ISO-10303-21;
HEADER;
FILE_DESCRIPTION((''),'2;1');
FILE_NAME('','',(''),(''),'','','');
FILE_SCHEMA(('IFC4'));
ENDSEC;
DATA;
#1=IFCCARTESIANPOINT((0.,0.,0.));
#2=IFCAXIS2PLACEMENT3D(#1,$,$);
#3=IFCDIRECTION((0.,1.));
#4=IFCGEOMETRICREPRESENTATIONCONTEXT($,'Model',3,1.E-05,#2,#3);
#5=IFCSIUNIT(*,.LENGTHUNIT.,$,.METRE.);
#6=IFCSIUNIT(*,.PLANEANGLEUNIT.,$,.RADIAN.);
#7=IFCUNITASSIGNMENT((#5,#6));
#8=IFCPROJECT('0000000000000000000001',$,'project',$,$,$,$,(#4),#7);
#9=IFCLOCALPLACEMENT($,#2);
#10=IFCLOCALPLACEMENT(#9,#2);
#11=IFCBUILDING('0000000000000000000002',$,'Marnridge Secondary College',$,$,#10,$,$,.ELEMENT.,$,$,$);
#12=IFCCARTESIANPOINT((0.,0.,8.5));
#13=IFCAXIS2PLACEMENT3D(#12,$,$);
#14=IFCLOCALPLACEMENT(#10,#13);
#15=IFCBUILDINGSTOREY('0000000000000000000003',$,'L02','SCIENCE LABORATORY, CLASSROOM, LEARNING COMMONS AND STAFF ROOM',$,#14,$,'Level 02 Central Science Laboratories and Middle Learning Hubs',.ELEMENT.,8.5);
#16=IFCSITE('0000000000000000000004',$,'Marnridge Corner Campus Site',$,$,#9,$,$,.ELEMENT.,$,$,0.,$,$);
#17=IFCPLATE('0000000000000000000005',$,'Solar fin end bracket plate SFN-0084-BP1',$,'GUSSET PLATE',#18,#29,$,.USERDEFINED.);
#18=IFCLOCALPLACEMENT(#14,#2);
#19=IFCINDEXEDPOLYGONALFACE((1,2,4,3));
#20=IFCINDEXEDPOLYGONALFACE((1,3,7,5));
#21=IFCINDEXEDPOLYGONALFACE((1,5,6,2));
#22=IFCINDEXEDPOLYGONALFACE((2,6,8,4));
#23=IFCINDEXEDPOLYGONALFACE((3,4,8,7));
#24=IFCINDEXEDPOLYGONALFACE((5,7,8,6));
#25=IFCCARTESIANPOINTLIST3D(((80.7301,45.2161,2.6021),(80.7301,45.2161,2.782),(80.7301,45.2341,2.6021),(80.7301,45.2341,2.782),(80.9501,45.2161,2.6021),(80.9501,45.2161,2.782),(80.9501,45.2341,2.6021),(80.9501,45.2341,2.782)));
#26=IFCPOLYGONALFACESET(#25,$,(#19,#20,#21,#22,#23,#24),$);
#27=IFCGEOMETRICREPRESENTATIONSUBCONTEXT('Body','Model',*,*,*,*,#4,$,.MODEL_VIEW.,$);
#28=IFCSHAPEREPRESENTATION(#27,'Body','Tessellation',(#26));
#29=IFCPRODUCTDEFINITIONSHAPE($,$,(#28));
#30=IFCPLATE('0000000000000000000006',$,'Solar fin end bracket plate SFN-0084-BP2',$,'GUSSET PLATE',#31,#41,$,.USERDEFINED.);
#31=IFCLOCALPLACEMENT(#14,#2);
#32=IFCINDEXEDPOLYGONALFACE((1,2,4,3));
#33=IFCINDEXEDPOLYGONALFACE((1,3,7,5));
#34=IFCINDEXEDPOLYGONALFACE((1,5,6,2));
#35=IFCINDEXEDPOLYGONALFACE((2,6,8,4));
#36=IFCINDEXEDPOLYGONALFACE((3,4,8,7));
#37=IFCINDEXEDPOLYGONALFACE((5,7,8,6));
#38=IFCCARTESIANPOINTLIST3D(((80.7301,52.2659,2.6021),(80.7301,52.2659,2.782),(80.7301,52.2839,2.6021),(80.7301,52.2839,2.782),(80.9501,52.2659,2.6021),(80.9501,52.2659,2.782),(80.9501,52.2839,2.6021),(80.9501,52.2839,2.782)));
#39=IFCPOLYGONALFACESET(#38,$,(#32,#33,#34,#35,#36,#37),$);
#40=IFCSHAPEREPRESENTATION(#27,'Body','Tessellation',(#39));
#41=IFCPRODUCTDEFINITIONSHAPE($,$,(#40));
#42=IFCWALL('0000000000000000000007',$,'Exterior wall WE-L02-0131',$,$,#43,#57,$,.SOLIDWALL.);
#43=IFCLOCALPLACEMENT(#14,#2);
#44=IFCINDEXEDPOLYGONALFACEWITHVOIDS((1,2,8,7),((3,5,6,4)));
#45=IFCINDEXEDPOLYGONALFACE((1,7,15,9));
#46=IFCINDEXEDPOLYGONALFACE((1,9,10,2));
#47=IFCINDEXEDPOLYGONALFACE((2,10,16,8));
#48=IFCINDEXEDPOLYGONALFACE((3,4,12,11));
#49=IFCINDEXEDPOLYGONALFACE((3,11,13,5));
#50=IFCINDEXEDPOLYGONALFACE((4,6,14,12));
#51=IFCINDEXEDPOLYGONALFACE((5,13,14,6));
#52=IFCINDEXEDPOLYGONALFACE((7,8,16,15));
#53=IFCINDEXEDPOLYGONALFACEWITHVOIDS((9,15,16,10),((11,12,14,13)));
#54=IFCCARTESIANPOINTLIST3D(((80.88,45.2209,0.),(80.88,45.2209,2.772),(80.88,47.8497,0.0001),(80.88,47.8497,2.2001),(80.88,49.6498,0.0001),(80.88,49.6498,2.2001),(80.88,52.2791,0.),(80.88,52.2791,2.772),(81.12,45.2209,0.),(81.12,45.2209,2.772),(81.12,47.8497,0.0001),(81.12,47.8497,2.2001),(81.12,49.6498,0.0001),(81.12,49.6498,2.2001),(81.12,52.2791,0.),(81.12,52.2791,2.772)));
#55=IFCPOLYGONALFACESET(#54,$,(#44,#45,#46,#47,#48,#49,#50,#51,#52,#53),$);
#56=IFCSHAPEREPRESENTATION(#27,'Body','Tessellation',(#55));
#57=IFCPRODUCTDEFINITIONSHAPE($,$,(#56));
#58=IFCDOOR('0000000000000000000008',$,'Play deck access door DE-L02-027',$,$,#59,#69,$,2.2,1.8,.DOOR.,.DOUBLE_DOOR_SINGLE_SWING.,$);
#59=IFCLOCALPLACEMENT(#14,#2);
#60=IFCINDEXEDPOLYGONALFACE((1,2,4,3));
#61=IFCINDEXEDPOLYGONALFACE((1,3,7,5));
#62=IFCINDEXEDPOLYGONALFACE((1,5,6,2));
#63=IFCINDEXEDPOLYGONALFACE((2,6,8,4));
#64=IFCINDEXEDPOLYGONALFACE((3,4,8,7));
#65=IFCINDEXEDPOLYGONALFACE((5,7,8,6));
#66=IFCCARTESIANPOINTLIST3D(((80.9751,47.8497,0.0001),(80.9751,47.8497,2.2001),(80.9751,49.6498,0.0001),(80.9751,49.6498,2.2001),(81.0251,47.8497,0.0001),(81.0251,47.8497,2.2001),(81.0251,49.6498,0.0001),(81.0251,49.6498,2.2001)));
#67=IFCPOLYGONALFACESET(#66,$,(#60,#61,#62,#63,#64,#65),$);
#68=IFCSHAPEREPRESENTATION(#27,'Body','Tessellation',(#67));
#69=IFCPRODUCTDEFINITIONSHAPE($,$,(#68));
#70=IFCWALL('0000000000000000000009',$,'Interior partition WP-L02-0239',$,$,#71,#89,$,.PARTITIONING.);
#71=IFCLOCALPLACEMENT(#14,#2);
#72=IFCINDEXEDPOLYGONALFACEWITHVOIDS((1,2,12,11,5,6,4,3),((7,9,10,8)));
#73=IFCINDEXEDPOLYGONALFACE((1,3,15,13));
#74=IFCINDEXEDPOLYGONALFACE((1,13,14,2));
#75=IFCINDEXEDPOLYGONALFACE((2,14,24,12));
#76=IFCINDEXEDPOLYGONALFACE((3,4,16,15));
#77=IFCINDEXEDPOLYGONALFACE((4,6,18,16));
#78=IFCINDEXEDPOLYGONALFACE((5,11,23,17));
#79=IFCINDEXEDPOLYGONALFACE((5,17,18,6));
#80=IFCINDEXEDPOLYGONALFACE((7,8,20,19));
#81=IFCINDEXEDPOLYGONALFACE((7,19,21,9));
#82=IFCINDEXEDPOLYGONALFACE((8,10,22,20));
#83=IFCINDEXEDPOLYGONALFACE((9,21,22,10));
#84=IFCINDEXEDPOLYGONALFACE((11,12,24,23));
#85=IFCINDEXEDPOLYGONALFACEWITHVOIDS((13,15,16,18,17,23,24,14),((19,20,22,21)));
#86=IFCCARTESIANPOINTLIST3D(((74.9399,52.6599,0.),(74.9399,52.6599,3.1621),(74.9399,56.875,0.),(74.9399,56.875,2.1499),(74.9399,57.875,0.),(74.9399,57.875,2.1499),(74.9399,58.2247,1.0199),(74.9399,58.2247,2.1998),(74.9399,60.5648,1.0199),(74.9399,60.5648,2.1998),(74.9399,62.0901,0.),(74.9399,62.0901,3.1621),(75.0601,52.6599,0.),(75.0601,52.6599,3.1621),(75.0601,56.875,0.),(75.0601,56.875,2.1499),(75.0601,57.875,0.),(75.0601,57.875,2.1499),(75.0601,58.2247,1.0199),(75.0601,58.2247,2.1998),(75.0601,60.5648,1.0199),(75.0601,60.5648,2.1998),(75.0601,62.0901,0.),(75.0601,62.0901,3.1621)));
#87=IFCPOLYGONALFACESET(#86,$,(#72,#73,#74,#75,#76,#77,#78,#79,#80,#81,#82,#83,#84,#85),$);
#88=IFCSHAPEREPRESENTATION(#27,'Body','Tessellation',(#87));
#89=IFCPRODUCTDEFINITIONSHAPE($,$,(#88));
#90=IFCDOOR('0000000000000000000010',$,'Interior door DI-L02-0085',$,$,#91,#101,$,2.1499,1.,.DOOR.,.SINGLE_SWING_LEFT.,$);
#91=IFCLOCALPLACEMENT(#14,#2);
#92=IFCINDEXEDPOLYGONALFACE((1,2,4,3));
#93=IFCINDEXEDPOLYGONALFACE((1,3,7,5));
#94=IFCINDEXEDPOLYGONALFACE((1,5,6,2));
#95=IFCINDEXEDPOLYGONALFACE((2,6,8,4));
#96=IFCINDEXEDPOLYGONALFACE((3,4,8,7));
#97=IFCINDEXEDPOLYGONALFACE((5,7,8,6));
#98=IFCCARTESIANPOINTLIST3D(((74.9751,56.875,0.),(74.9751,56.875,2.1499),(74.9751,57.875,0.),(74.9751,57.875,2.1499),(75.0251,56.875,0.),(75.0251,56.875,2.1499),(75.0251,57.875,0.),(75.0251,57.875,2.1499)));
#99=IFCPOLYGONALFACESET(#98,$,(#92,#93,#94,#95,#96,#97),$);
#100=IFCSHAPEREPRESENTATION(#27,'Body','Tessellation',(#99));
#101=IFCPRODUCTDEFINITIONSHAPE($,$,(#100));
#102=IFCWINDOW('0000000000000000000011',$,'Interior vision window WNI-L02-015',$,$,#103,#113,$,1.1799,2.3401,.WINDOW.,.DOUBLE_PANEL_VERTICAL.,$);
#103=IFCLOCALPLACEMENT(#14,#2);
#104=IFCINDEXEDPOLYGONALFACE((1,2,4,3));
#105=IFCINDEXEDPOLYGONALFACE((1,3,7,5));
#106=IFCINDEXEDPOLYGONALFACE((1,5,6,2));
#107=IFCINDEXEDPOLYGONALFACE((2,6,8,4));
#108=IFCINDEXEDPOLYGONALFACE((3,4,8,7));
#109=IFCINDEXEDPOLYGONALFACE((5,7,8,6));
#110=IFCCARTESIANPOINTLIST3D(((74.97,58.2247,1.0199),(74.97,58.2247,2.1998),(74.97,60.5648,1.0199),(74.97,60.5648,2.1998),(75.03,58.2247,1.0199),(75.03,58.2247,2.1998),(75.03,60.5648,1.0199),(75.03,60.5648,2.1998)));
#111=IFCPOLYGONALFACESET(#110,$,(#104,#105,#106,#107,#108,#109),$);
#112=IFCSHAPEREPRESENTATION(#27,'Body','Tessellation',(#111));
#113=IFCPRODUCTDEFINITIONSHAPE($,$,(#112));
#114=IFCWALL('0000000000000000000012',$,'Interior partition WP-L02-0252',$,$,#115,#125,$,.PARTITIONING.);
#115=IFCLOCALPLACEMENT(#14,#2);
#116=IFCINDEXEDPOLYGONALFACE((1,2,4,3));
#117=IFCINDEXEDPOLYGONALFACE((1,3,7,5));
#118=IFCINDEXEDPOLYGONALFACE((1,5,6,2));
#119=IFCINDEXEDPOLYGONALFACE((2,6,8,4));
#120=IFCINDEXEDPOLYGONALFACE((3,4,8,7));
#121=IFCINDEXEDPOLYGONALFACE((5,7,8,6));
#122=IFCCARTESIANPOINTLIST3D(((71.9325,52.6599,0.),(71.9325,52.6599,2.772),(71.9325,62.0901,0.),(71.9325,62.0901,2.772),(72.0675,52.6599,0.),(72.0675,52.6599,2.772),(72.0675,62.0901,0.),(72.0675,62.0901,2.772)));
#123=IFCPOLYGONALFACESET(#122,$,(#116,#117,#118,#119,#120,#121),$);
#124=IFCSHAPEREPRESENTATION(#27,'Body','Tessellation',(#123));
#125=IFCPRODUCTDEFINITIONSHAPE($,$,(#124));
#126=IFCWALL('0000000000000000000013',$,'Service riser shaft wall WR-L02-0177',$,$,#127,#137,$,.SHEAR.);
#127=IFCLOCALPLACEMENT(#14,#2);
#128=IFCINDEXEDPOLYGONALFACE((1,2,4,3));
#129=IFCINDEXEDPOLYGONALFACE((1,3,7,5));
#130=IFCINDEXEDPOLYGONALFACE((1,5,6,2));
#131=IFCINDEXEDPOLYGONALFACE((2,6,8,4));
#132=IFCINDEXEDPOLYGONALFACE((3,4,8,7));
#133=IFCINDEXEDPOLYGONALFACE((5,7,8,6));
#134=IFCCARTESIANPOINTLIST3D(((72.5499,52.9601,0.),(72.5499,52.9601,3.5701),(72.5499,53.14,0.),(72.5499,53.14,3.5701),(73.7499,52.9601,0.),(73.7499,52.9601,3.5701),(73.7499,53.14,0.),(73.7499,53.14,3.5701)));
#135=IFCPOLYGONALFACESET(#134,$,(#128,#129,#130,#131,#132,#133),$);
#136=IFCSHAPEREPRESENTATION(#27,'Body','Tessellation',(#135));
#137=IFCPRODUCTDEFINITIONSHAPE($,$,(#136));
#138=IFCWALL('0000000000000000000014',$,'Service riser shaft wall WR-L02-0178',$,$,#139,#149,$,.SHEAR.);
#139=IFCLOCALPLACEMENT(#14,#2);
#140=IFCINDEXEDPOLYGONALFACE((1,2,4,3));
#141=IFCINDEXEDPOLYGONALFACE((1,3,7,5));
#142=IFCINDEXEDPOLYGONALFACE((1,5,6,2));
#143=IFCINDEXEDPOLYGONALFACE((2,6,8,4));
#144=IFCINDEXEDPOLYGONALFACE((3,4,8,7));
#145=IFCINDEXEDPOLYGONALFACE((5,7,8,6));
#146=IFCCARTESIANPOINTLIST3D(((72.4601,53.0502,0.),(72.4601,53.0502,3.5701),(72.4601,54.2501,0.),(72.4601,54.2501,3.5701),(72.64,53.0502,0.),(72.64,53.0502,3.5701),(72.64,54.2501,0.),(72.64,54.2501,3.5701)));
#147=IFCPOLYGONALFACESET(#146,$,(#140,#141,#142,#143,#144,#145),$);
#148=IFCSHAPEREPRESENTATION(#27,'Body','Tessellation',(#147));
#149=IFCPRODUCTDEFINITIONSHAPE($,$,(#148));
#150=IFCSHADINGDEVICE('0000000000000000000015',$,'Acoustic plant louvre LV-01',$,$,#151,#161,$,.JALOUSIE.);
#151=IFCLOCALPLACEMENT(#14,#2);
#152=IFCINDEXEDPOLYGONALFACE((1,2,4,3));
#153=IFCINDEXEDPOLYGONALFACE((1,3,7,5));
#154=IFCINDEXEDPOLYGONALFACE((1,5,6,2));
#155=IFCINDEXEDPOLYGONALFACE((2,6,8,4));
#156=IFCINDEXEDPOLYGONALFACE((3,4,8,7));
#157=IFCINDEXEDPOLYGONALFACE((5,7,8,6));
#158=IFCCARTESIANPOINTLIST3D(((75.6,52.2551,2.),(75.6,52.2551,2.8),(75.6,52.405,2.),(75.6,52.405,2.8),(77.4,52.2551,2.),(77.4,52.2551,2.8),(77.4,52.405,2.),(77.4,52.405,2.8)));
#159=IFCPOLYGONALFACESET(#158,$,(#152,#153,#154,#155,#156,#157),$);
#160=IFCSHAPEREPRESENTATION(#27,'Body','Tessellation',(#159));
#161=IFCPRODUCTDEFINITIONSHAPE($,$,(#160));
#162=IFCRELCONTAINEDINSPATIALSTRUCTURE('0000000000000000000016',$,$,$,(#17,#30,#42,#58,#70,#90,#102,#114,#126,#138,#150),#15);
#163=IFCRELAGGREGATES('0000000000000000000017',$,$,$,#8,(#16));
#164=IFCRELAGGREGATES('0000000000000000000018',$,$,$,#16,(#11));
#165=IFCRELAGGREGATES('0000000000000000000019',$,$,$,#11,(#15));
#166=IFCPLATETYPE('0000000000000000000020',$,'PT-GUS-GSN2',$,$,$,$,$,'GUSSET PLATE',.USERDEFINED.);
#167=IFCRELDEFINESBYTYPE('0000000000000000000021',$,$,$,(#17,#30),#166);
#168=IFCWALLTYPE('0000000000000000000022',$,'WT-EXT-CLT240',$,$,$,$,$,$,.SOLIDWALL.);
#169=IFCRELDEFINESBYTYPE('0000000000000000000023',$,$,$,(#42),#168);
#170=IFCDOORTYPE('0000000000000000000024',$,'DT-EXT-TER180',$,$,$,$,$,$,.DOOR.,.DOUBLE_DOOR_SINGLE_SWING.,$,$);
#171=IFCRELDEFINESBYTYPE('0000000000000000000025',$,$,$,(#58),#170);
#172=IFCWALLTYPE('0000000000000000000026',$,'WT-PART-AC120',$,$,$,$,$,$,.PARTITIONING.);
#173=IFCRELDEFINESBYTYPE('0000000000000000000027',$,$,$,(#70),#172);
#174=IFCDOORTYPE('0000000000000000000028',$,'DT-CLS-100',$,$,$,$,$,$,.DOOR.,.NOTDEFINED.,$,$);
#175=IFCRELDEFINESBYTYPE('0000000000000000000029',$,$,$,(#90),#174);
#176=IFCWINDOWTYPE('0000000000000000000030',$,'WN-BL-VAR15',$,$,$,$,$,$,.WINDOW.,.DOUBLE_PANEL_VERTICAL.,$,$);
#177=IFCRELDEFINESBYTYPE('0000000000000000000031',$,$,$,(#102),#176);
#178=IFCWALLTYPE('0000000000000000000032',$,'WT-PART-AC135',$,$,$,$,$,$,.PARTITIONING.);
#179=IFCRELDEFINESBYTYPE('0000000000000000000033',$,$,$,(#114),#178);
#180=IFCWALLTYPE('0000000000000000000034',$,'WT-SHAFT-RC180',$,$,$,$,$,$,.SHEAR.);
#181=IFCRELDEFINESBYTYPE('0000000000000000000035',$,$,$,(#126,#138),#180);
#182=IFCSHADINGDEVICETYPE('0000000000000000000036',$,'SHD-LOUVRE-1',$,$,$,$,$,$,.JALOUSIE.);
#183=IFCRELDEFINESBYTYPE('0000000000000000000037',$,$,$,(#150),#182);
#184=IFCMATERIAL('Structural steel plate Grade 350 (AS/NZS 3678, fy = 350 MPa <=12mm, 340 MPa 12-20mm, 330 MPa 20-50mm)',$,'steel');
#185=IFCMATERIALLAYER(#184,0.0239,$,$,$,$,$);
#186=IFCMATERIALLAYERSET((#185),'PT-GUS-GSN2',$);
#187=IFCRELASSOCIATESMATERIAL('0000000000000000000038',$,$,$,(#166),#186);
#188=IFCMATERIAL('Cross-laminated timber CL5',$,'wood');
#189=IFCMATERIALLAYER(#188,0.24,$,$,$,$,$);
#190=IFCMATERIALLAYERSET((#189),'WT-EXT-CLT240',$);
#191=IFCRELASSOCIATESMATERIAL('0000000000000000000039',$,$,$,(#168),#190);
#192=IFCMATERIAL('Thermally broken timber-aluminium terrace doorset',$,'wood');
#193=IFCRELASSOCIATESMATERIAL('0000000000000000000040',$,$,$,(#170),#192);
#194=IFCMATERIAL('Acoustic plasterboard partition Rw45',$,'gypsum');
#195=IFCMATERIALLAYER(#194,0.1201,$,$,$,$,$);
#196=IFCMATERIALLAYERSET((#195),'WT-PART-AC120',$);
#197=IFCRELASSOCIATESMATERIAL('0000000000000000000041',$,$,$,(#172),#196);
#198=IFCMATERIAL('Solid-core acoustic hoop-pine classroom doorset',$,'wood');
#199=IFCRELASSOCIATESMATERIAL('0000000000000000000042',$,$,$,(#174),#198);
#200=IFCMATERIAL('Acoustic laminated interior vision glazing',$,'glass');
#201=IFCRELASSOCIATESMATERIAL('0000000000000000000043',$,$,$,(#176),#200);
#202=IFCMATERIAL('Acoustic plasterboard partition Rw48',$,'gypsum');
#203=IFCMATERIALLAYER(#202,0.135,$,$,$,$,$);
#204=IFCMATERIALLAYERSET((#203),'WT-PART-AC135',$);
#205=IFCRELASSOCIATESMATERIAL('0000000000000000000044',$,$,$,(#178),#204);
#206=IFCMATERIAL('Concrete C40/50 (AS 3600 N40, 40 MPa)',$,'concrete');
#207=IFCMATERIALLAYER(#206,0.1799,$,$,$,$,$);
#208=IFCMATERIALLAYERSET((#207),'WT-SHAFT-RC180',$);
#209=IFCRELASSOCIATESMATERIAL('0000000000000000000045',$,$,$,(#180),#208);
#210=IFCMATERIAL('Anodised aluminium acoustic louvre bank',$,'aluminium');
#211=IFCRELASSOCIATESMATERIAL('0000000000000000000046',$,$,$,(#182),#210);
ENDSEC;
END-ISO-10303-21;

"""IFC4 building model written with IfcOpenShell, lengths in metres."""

from ifc_helpers import new_model, si_unit, direction, frame, frame_2d, origin, origin_2d, place, context, subcontext, project, spatial, rectangle, extrude, material, layer, layer_set, type_object, element, fill, save


model = new_model("IFC4")

# Units and contexts
model_context = context("Model", 3, precision=1e-05, world=origin(), true_north=direction((0.0, 1.0)))
body_context = subcontext(model_context, "Body", "Model", "MODEL_VIEW")
ifc_project = project(units=[si_unit("LENGTHUNIT", "METRE"), si_unit("PLANEANGLEUNIT", "RADIAN")], contexts=[model_context])

# Site, building, storey
site_placement = place(None, origin())
site = spatial("IfcSite", under=ifc_project, at=site_placement, Name="Marnridge Corner Campus Site", CompositionType="ELEMENT", RefElevation=0.0)
building_placement = place(site_placement, origin())
building = spatial("IfcBuilding", under=site, at=building_placement, Name="Marnridge Secondary College", CompositionType="ELEMENT")
storey_placement = place(building_placement, frame((0.0, 0.0, 8.5)))
storey = spatial("IfcBuildingStorey", under=building, at=storey_placement, Name="L02", Description="SCIENCE LABORATORY, CLASSROOM, LEARNING COMMONS AND STAFF ROOM", LongName="Level 02 Central Science Laboratories and Middle Learning Hubs", CompositionType="ELEMENT", Elevation=8.5)

# Plates
ifc_material_1 = material(Name="Structural steel plate Grade 350 (AS/NZS 3678, fy = 350 MPa <=12mm, 340 MPa 12-20mm, 330 MPa 20-50mm)", Category="steel")
ifc_layer_1 = layer(ifc_material_1, 0.0239)
ifc_layer_set_1 = layer_set([ifc_layer_1], Name="PT-GUS-GSN2")
plate_type = type_object("IfcPlateType", Name="PT-GUS-GSN2", ElementType="GUSSET PLATE", PredefinedType="USERDEFINED", material=ifc_layer_set_1)
for number, where, z_axis, x_axis, name in (
    (1, (80.8401, 45.2251, 2.6021), (0.0, 0.0, 1.0), (1.0, 0.0, 0.0), "Solar fin end bracket plate SFN-0084-BP1"),
    (2, (80.8401, 52.2749, 2.6021), (0.0, 0.0, 1.0), (1.0, 0.0, 0.0), "Solar fin end bracket plate SFN-0084-BP2"),
):
    element("IfcPlate", number, at=place(storey_placement, frame(where, z_axis=z_axis, x_axis=x_axis)), inside=storey, type_object=plate_type, Name=name, ObjectType="GUSSET PLATE", PredefinedType="USERDEFINED", context=body_context, shape_type="SweptSolid", body=[
        extrude(rectangle(XDim=0.22, YDim=0.0181, at=origin_2d()), origin(), (0.0, 0.0, 1.0), 0.1799),
    ])

# Wall, opening, door
ifc_material_2 = material(Name="Cross-laminated timber CL5", Category="wood")
ifc_layer_2 = layer(ifc_material_2, 0.24)
ifc_layer_set_2 = layer_set([ifc_layer_2], Name="WT-EXT-CLT240")
wall_type_1 = type_object("IfcWallType", Name="WT-EXT-CLT240", PredefinedType="SOLIDWALL", material=ifc_layer_set_2)
wall_1_placement = place(storey_placement, frame((81.0, 45.2209, 0.0), z_axis=(0.0, 0.0, 1.0), x_axis=(0.0, 1.0, 0.0)))
wall_1 = element("IfcWall", 3, at=wall_1_placement, inside=storey, type_object=wall_type_1, Name="Exterior wall WE-L02-0131", PredefinedType="SOLIDWALL", context=body_context, shape_type="SweptSolid", body=[
    extrude(rectangle(XDim=7.0581, YDim=0.24, at=frame_2d((3.5291, 0.0))), origin(), (0.0, 0.0, 1.0), 2.772),
])
opening_1_placement = place(wall_1_placement, frame((2.6289, 0.0, 0.0)))
opening_1 = element("IfcOpeningElement", 4, at=opening_1_placement, cuts=wall_1, PredefinedType="OPENING", context=body_context, shape_type="SweptSolid", body=[
    extrude(rectangle(XDim=1.8, YDim=2.2, at=frame_2d((0.8999, 1.1001))), frame((0.0, 0.1299, 0.0), z_axis=(0.0, -1.0, 0.0), x_axis=(1.0, 0.0, 0.0)), (0.0, 0.0, 1.0), 0.26),
])
ifc_material_3 = material(Name="Thermally broken timber-aluminium terrace doorset", Category="wood")
door_type_1 = type_object("IfcDoorType", Name="DT-EXT-TER180", OperationType="DOUBLE_DOOR_SINGLE_SWING", PredefinedType="DOOR", material=ifc_material_3)
door_1_placement = place(opening_1_placement, origin())
door_1 = element("IfcDoor", 5, at=door_1_placement, inside=storey, type_object=door_type_1, Name="Play deck access door DE-L02-027", OperationType="DOUBLE_DOOR_SINGLE_SWING", OverallHeight=2.2, OverallWidth=1.8, PredefinedType="DOOR", context=body_context, shape_type="SweptSolid", body=[
    extrude(rectangle(XDim=1.8, YDim=2.2, at=frame_2d((0.8999, 1.1001))), frame((0.0, 0.0249, 0.0), z_axis=(0.0, -1.0, 0.0), x_axis=(1.0, 0.0, 0.0)), (0.0, 0.0, 1.0), 0.05),
])
fill(opening_1, door_1)

# Wall, openings, door, window
ifc_material_4 = material(Name="Acoustic plasterboard partition Rw45", Category="gypsum")
ifc_layer_3 = layer(ifc_material_4, 0.1201)
ifc_layer_set_3 = layer_set([ifc_layer_3], Name="WT-PART-AC120")
wall_type_2 = type_object("IfcWallType", Name="WT-PART-AC120", PredefinedType="PARTITIONING", material=ifc_layer_set_3)
wall_2_placement = place(storey_placement, frame((75.0, 52.6599, 0.0), z_axis=(0.0, 0.0, 1.0), x_axis=(0.0, 1.0, 0.0)))
wall_2 = element("IfcWall", 6, at=wall_2_placement, inside=storey, type_object=wall_type_2, Name="Interior partition WP-L02-0239", PredefinedType="PARTITIONING", context=body_context, shape_type="SweptSolid", body=[
    extrude(rectangle(XDim=9.4302, YDim=0.1201, at=frame_2d((4.7151, 0.0))), origin(), (0.0, 0.0, 1.0), 3.1621),
])
opening_2_placement = place(wall_2_placement, frame((4.2151, 0.0, 0.0)))
opening_2 = element("IfcOpeningElement", 7, at=opening_2_placement, cuts=wall_2, PredefinedType="OPENING", context=body_context, shape_type="SweptSolid", body=[
    extrude(rectangle(XDim=1.0, YDim=2.1499, at=frame_2d((0.5, 1.075))), frame((0.0, 0.0701, 0.0), z_axis=(0.0, -1.0, 0.0), x_axis=(1.0, 0.0, 0.0)), (0.0, 0.0, 1.0), 0.1401),
])
opening_3_placement = place(wall_2_placement, frame((5.5649, 0.0, 1.02)))
opening_3 = element("IfcOpeningElement", 8, at=opening_3_placement, cuts=wall_2, PredefinedType="OPENING", context=body_context, shape_type="SweptSolid", body=[
    extrude(rectangle(XDim=2.3401, YDim=1.1799, at=frame_2d((1.1699, 0.5898))), frame((0.0, 0.0701, 0.0), z_axis=(0.0, -1.0, 0.0), x_axis=(1.0, 0.0, 0.0)), (0.0, 0.0, 1.0), 0.1401),
])
ifc_material_5 = material(Name="Solid-core acoustic hoop-pine classroom doorset", Category="wood")
door_type_2 = type_object("IfcDoorType", Name="DT-CLS-100", OperationType="NOTDEFINED", PredefinedType="DOOR", material=ifc_material_5)
door_2_placement = place(opening_2_placement, origin())
door_2 = element("IfcDoor", 9, at=door_2_placement, inside=storey, type_object=door_type_2, Name="Interior door DI-L02-0085", OperationType="SINGLE_SWING_LEFT", OverallHeight=2.1499, OverallWidth=1.0, PredefinedType="DOOR", context=body_context, shape_type="SweptSolid", body=[
    extrude(rectangle(XDim=1.0, YDim=2.1499, at=frame_2d((0.5, 1.075))), frame((0.0, 0.0249, 0.0), z_axis=(0.0, -1.0, 0.0), x_axis=(1.0, 0.0, 0.0)), (0.0, 0.0, 1.0), 0.05),
])
fill(opening_2, door_2)
ifc_material_6 = material(Name="Acoustic laminated interior vision glazing", Category="glass")
window_type = type_object("IfcWindowType", Name="WN-BL-VAR15", PartitioningType="DOUBLE_PANEL_VERTICAL", PredefinedType="WINDOW", material=ifc_material_6)
window_placement = place(opening_3_placement, origin())
window = element("IfcWindow", 10, at=window_placement, inside=storey, type_object=window_type, Name="Interior vision window WNI-L02-015", OverallHeight=1.1799, OverallWidth=2.3401, PartitioningType="DOUBLE_PANEL_VERTICAL", PredefinedType="WINDOW", context=body_context, shape_type="SweptSolid", body=[
    extrude(rectangle(XDim=2.3401, YDim=1.1799, at=frame_2d((1.1699, 0.5898))), frame((0.0, 0.03, 0.0), z_axis=(0.0, -1.0, 0.0), x_axis=(1.0, 0.0, 0.0)), (0.0, 0.0, 1.0), 0.0601),
])
fill(opening_3, window)

# Walls
ifc_material_7 = material(Name="Acoustic plasterboard partition Rw48", Category="gypsum")
ifc_layer_4 = layer(ifc_material_7, 0.135)
ifc_layer_set_4 = layer_set([ifc_layer_4], Name="WT-PART-AC135")
wall_type_3 = type_object("IfcWallType", Name="WT-PART-AC135", PredefinedType="PARTITIONING", material=ifc_layer_set_4)
wall_3_placement = place(storey_placement, frame((72.0, 52.6599, 0.0), z_axis=(0.0, 0.0, 1.0), x_axis=(0.0, 1.0, 0.0)))
element("IfcWall", 11, at=wall_3_placement, inside=storey, type_object=wall_type_3, Name="Interior partition WP-L02-0252", PredefinedType="PARTITIONING", context=body_context, shape_type="SweptSolid", body=[
    extrude(rectangle(XDim=9.4302, YDim=0.135, at=frame_2d((4.7151, 0.0))), origin(), (0.0, 0.0, 1.0), 2.772),
])
ifc_material_8 = material(Name="Concrete C40/50 (AS 3600 N40, 40 MPa)", Category="concrete")
ifc_layer_5 = layer(ifc_material_8, 0.1799)
ifc_layer_set_5 = layer_set([ifc_layer_5], Name="WT-SHAFT-RC180")
wall_type_4 = type_object("IfcWallType", Name="WT-SHAFT-RC180", PredefinedType="SHEAR", material=ifc_layer_set_5)
for number, where, z_axis, x_axis, name in (
    (12, (73.75, 53.05, 0.0), (0.0, 0.0, 1.0), (-1.0, 0.0, 0.0), "Service riser shaft wall WR-L02-0177"),
    (13, (72.55, 53.05, 0.0), (0.0, 0.0, 1.0), (0.0, 1.0, 0.0), "Service riser shaft wall WR-L02-0178"),
):
    element("IfcWall", number, at=place(storey_placement, frame(where, z_axis=z_axis, x_axis=x_axis)), inside=storey, type_object=wall_type_4, Name=name, PredefinedType="SHEAR", context=body_context, shape_type="SweptSolid", body=[
        extrude(rectangle(XDim=1.2, YDim=0.1799, at=frame_2d((0.6001, 0.0))), origin(), (0.0, 0.0, 1.0), 3.5701),
    ])

# Shading device
ifc_material_9 = material(Name="Anodised aluminium acoustic louvre bank", Category="aluminium")
shading_device_type = type_object("IfcShadingDeviceType", Name="SHD-LOUVRE-1", PredefinedType="JALOUSIE", material=ifc_material_9)
shading_device_placement = place(storey_placement, frame((76.5, 52.3301, 2.0), z_axis=(0.0, 0.0, 1.0), x_axis=(1.0, 0.0, 0.0)))
element("IfcShadingDevice", 14, at=shading_device_placement, inside=storey, type_object=shading_device_type, Name="Acoustic plant louvre LV-01", PredefinedType="JALOUSIE", context=body_context, shape_type="SweptSolid", body=[
    extrude(rectangle(XDim=1.8, YDim=0.1499, at=origin_2d()), origin(), (0.0, 0.0, 1.0), 0.8),
])

save(model, "model.ifc")
